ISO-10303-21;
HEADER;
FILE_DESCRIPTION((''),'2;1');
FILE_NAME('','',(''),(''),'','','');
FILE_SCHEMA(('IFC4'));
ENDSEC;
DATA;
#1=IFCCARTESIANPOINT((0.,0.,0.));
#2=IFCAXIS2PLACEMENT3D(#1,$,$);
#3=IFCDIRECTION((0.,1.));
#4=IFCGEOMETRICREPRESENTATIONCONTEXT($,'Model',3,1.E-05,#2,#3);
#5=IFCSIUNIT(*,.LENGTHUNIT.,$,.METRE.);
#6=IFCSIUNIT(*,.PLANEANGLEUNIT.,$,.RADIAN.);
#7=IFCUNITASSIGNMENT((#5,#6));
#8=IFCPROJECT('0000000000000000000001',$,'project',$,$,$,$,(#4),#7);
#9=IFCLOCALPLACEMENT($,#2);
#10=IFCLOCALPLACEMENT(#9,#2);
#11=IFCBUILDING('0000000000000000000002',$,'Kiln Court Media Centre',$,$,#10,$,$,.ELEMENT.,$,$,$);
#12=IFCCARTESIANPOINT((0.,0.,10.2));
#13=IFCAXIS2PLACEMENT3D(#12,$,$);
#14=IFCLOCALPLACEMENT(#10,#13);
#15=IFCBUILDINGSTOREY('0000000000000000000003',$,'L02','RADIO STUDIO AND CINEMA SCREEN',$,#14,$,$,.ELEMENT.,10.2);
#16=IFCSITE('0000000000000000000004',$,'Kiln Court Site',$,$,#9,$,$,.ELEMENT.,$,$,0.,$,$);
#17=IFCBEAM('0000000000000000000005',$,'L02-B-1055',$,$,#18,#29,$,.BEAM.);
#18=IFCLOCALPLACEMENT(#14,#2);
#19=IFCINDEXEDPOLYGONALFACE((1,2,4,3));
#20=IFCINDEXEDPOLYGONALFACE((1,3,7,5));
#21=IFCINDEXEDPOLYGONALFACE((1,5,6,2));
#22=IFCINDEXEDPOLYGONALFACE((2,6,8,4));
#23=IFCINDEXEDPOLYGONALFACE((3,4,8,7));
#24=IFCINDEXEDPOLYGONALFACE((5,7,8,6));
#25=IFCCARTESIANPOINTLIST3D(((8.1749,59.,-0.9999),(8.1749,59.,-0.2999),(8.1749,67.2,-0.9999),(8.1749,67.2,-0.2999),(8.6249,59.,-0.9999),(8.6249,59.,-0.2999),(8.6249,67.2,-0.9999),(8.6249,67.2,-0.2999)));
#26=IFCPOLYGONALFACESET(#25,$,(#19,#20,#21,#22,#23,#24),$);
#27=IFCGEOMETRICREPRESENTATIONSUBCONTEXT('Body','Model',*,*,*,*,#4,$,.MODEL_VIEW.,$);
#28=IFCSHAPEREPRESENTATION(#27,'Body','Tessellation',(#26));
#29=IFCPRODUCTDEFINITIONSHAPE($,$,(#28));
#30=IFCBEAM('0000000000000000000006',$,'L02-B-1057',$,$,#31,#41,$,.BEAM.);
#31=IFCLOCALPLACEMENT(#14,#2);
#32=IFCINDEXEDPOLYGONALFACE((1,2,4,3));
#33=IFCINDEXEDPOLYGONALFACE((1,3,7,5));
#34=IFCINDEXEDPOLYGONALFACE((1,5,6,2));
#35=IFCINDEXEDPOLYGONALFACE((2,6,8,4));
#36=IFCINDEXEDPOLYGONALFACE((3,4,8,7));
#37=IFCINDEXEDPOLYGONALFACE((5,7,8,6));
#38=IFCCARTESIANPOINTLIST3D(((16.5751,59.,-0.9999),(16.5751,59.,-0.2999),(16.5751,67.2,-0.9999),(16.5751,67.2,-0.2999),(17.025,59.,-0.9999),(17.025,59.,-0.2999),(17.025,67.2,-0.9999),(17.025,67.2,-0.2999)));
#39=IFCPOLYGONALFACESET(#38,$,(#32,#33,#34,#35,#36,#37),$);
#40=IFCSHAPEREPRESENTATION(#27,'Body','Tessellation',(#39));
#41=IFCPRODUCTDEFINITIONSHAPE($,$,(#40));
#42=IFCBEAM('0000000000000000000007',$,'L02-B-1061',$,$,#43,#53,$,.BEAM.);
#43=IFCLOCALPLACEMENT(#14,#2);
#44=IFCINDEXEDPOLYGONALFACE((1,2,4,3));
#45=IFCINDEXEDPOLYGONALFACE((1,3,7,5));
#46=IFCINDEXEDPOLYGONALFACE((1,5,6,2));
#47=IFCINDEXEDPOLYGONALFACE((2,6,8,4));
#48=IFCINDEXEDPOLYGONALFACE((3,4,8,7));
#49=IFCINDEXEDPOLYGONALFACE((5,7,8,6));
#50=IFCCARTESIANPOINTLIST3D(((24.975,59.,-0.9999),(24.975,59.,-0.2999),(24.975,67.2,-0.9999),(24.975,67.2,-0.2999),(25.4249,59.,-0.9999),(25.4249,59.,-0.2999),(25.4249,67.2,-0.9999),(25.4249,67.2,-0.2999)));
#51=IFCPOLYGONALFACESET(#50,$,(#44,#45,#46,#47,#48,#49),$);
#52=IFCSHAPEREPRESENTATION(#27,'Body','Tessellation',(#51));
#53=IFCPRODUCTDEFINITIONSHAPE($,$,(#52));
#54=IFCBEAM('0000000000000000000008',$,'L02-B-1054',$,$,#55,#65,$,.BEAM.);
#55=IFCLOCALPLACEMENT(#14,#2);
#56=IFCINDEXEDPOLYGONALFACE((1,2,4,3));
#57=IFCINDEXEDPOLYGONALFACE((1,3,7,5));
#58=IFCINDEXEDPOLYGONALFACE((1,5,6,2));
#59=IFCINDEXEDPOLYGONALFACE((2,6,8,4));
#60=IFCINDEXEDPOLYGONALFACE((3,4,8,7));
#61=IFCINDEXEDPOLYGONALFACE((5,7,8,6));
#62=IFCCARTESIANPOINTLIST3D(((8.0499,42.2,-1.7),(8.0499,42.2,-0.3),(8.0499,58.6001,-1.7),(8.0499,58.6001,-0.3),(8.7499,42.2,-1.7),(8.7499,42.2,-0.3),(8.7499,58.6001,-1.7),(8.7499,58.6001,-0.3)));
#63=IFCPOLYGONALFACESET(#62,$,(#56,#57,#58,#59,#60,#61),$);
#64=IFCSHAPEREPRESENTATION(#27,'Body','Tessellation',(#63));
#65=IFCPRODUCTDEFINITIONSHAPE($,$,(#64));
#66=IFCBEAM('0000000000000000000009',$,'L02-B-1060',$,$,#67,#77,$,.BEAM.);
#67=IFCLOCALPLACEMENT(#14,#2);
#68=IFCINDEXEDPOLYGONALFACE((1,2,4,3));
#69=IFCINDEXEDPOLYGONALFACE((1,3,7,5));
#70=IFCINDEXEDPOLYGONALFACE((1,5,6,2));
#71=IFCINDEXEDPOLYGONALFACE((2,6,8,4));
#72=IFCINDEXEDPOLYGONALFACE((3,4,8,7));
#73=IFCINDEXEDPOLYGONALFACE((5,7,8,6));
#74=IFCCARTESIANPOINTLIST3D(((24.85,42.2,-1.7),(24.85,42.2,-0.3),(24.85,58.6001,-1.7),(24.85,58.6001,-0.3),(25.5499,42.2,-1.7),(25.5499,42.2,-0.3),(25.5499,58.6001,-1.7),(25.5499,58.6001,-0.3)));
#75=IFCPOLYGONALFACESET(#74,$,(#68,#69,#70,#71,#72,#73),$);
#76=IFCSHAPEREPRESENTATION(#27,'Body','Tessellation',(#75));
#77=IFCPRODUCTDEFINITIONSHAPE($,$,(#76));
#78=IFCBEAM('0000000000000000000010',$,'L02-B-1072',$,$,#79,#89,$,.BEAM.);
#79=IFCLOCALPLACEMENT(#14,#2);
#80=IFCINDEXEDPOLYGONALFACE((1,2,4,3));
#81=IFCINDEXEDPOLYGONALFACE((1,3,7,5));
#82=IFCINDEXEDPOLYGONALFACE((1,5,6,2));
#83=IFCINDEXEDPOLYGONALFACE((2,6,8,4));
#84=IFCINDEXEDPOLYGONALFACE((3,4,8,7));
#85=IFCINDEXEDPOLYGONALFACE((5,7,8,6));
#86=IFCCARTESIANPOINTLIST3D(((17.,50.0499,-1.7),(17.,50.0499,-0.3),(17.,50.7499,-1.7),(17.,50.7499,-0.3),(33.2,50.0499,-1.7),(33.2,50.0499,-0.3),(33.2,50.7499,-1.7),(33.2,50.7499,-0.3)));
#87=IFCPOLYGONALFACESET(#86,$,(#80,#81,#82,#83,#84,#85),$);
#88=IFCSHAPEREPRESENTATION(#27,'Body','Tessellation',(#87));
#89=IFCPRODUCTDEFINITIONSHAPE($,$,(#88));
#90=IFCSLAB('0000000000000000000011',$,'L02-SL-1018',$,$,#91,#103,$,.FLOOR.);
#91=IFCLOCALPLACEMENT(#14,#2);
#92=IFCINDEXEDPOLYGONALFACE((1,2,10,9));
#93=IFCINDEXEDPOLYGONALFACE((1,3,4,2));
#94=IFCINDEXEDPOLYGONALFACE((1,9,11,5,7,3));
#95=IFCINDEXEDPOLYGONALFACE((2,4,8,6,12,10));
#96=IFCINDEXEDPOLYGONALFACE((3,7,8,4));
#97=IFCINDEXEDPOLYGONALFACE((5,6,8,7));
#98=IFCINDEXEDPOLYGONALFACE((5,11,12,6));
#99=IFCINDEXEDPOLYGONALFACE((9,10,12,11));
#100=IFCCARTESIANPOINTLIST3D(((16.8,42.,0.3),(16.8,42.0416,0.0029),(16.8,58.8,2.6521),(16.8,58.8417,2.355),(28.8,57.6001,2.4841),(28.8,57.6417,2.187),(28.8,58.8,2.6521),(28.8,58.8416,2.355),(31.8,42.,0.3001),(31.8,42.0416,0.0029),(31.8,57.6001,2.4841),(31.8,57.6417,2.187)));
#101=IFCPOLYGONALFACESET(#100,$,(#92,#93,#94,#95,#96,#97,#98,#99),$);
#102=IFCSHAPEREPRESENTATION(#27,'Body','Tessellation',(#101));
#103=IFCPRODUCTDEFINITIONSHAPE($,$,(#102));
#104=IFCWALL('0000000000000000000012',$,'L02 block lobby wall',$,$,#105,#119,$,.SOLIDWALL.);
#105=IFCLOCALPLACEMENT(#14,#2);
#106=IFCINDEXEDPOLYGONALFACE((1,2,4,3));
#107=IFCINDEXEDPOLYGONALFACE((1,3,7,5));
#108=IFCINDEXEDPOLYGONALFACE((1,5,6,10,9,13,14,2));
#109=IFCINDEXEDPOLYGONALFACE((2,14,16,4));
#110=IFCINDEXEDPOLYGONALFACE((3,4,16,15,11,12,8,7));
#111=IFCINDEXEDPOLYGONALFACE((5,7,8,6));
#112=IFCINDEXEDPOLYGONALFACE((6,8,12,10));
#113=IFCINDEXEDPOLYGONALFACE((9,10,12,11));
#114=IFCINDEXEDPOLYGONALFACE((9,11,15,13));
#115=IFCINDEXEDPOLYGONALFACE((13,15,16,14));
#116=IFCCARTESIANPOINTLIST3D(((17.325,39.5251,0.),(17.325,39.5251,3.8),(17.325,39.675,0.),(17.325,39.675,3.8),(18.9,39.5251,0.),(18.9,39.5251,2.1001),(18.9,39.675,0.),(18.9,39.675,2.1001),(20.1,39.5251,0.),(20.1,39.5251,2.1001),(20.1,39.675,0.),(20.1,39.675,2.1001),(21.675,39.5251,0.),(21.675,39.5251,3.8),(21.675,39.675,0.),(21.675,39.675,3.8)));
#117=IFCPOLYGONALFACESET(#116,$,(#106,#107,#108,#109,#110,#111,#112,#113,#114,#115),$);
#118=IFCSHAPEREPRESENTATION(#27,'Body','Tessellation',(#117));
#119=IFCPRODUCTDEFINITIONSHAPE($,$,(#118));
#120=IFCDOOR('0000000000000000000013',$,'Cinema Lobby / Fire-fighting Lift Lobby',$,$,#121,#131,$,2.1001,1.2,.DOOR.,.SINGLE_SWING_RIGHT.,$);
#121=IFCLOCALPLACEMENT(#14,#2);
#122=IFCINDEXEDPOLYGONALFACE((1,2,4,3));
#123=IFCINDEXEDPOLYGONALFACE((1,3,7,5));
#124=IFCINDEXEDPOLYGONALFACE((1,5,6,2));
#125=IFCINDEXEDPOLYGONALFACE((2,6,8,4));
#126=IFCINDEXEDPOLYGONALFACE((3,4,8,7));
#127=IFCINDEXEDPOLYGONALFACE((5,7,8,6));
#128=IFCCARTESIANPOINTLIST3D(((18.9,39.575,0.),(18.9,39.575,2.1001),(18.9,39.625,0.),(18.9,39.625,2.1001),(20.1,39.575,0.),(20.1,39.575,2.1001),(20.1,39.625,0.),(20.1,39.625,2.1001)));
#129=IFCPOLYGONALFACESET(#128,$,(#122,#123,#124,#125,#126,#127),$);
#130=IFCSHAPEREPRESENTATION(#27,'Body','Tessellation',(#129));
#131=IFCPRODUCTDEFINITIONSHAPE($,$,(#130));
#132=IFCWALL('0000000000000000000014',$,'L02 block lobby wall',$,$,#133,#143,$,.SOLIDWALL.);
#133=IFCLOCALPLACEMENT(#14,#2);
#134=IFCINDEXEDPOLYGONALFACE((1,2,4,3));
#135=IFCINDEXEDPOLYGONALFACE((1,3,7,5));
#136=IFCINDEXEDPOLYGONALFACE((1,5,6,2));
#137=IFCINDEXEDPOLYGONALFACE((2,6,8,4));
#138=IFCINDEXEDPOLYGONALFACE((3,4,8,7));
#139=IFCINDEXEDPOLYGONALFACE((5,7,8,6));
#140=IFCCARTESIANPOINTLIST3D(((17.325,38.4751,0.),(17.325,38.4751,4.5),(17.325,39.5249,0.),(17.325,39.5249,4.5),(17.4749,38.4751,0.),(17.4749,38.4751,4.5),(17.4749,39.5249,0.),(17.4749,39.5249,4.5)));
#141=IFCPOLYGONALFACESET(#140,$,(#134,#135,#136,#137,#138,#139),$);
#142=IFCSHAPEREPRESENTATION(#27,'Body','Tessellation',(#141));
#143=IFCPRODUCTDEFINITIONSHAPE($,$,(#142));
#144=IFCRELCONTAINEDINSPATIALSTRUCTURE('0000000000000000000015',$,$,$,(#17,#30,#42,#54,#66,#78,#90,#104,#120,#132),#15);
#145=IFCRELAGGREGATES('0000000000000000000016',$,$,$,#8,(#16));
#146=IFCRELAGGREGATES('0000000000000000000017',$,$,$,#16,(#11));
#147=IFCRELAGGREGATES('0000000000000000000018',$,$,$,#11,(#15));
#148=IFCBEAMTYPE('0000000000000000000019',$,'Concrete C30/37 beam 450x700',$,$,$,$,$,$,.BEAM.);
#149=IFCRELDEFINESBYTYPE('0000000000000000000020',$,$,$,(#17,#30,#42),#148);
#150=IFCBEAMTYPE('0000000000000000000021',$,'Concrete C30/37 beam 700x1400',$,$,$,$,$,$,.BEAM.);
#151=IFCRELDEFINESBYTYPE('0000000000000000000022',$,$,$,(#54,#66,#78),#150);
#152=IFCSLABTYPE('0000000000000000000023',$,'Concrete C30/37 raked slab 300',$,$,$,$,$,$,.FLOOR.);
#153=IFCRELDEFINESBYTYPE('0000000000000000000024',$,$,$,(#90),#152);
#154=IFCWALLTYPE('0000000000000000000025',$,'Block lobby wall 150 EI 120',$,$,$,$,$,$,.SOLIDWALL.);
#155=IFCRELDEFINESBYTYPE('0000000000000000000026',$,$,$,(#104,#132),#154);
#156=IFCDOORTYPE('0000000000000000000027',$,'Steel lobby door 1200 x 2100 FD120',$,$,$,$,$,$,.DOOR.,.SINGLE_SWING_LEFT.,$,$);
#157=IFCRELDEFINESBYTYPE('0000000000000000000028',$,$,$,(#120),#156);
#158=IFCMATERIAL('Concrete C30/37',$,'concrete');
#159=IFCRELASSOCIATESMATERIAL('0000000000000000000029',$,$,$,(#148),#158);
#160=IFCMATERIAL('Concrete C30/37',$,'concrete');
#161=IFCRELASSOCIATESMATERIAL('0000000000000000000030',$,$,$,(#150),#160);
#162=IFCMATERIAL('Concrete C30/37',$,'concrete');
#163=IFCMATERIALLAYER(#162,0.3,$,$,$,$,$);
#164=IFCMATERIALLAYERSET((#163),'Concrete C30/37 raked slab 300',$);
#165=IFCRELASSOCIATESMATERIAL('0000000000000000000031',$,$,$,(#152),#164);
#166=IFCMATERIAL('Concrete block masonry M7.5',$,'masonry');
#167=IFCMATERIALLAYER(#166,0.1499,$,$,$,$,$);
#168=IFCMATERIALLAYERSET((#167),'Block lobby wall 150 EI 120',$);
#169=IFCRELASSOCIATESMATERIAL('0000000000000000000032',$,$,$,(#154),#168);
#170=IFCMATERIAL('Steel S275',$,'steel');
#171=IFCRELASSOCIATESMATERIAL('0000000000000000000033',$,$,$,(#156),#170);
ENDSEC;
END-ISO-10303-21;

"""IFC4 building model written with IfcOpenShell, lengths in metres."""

from ifc_helpers import new_model, si_unit, direction, frame, frame_2d, origin, origin_2d, place, context, subcontext, project, spatial, polyline, rectangle, outline, extrude, material, layer, layer_set, material_profile, profile_set, type_object, element, fill, save


model = new_model("IFC4")

# Units and contexts
model_context = context("Model", 3, precision=1e-05, world=origin(), true_north=direction((0.0, 1.0)))
body_context = subcontext(model_context, "Body", "Model", "MODEL_VIEW")
ifc_project = project(units=[si_unit("LENGTHUNIT", "METRE"), si_unit("PLANEANGLEUNIT", "RADIAN")], contexts=[model_context])

# Site, building, storey
site_placement = place(None, origin())
site = spatial("IfcSite", under=ifc_project, at=site_placement, Name="Kiln Court Site", CompositionType="ELEMENT", RefElevation=0.0)
building_placement = place(site_placement, origin())
building = spatial("IfcBuilding", under=site, at=building_placement, Name="Kiln Court Media Centre", CompositionType="ELEMENT")
storey_placement = place(building_placement, frame((0.0, 0.0, 10.2)))
storey = spatial("IfcBuildingStorey", under=building, at=storey_placement, Name="L02", Description="RADIO STUDIO AND CINEMA SCREEN", CompositionType="ELEMENT", Elevation=10.2)

# Beams
ifc_material_1 = material(Name="Concrete C30/37", Category="concrete")
ifc_material_profile_1 = material_profile(ifc_material_1, rectangle(XDim=0.45, YDim=0.7, at=origin_2d()), Name="RC 450x700")
ifc_profile_set_1 = profile_set([ifc_material_profile_1], Name="Concrete C30/37")
beam_type_1 = type_object("IfcBeamType", Name="Concrete C30/37 beam 450x700", PredefinedType="BEAM", material=ifc_profile_set_1)
for number, where, z_axis, x_axis, name in (
    (1, (8.3999, 59.0, -0.6499), (0.0, 1.0, 0.0), (-1.0, 0.0, 0.0), "L02-B-1055"),
    (2, (16.8, 59.0, -0.6499), (0.0, 1.0, 0.0), (-1.0, 0.0, 0.0), "L02-B-1057"),
    (3, (25.2, 59.0, -0.6499), (0.0, 1.0, 0.0), (-1.0, 0.0, 0.0), "L02-B-1061"),
):
    element("IfcBeam", number, at=place(storey_placement, frame(where, z_axis=z_axis, x_axis=x_axis)), inside=storey, type_object=beam_type_1, Name=name, PredefinedType="BEAM", context=body_context, shape_type="SweptSolid", body=[
        extrude(rectangle(XDim=0.45, YDim=0.7, at=origin_2d()), origin(), (0.0, 0.0, 1.0), 8.2),
    ])
ifc_material_2 = material(Name="Concrete C30/37", Category="concrete")
ifc_material_profile_2 = material_profile(ifc_material_2, rectangle(XDim=0.7, YDim=1.3999, at=origin_2d()), Name="RC 700x1400")
ifc_profile_set_2 = profile_set([ifc_material_profile_2], Name="Concrete C30/37")
beam_type_2 = type_object("IfcBeamType", Name="Concrete C30/37 beam 700x1400", PredefinedType="BEAM", material=ifc_profile_set_2)
for number, where, z_axis, x_axis, name in (
    (4, (8.3999, 42.2, -1.0), (0.0, 1.0, 0.0), (-1.0, 0.0, 0.0), "L02-B-1054"),
    (5, (25.2, 42.2, -1.0), (0.0, 1.0, 0.0), (-1.0, 0.0, 0.0), "L02-B-1060"),
):
    element("IfcBeam", number, at=place(storey_placement, frame(where, z_axis=z_axis, x_axis=x_axis)), inside=storey, type_object=beam_type_2, Name=name, PredefinedType="BEAM", context=body_context, shape_type="SweptSolid", body=[
        extrude(rectangle(XDim=0.7, YDim=1.3999, at=origin_2d()), origin(), (0.0, 0.0, 1.0), 16.4001),
    ])
beam_placement = place(storey_placement, frame((17.0, 50.3999, -1.0), z_axis=(1.0, 0.0, 0.0), x_axis=(0.0, 1.0, 0.0)))
element("IfcBeam", 6, at=beam_placement, inside=storey, type_object=beam_type_2, Name="L02-B-1072", PredefinedType="BEAM", context=body_context, shape_type="SweptSolid", body=[
    extrude(rectangle(XDim=0.7, YDim=1.3999, at=origin_2d()), origin(), (0.0, 0.0, 1.0), 16.2),
])

# Slab
ifc_material_3 = material(Name="Concrete C30/37", Category="concrete")
ifc_layer_1 = layer(ifc_material_3, 0.3)
ifc_layer_set_1 = layer_set([ifc_layer_1], Name="Concrete C30/37 raked slab 300")
slab_type = type_object("IfcSlabType", Name="Concrete C30/37 raked slab 300", PredefinedType="FLOOR", material=ifc_layer_set_1)
slab_placement = place(storey_placement, frame((16.8, 42.0, 0.3), z_axis=(-0.000001, -0.138651, 0.990341), x_axis=(0.0, 0.990341, 0.138651)))
element("IfcSlab", 7, at=slab_placement, inside=storey, type_object=slab_type, Name="L02-SL-1018", PredefinedType="FLOOR", context=body_context, shape_type="SweptSolid", body=[
    extrude(outline(polyline([(0.0, 0.0), (16.9639, 0.0), (16.9639, -12.0), (15.7522, -12.0), (15.7522, -15.0), (0.0, -15.0), (0.0, 0.0)])), origin(), (0.0, 0.0, -1.0), 0.3),
])

# Wall, opening, door
ifc_material_4 = material(Name="Concrete block masonry M7.5", Category="masonry")
ifc_layer_2 = layer(ifc_material_4, 0.1499)
ifc_layer_set_2 = layer_set([ifc_layer_2], Name="Block lobby wall 150 EI 120")
wall_type_1 = type_object("IfcWallType", Name="Block lobby wall 150 EI 120", PredefinedType="SOLIDWALL", material=ifc_layer_set_2)
wall_1_placement = place(storey_placement, frame((17.325, 39.6001, 0.0), z_axis=(0.0, 0.0, 1.0), x_axis=(1.0, 0.0, 0.0)))
wall_1 = element("IfcWall", 8, at=wall_1_placement, inside=storey, type_object=wall_type_1, Name="L02 block lobby wall", PredefinedType="SOLIDWALL", context=body_context, shape_type="SweptSolid", body=[
    extrude(rectangle(XDim=4.3501, YDim=0.1499, at=frame_2d((2.175, 0.0))), origin(), (0.0, 0.0, 1.0), 3.8),
])
opening_1_placement = place(wall_1_placement, frame((1.575, 0.0, 0.0)))
opening_1 = element("IfcOpeningElement", 9, at=opening_1_placement, cuts=wall_1, PredefinedType="OPENING", context=body_context, shape_type="SweptSolid", body=[
    extrude(rectangle(XDim=1.2, YDim=2.1001, at=frame_2d((0.6001, 1.05))), frame((0.0, 0.085, 0.0), z_axis=(0.0, -1.0, 0.0), x_axis=(1.0, 0.0, 0.0)), (0.0, 0.0, 1.0), 0.1699),
])
ifc_material_5 = material(Name="Steel S275", Category="steel")
door_type_1 = type_object("IfcDoorType", Name="Steel lobby door 1200 x 2100 FD120", OperationType="SINGLE_SWING_LEFT", PredefinedType="DOOR", material=ifc_material_5)
door_1_placement = place(opening_1_placement, origin())
door_1 = element("IfcDoor", 10, at=door_1_placement, inside=storey, type_object=door_type_1, Name="Cinema Lobby / Fire-fighting Lift Lobby", OperationType="SINGLE_SWING_RIGHT", OverallHeight=2.1001, OverallWidth=1.2, PredefinedType="DOOR", context=body_context, shape_type="SweptSolid", body=[
    extrude(rectangle(XDim=1.2, YDim=2.1001, at=frame_2d((0.6001, 1.05))), frame((0.0, 0.0249, 0.0), z_axis=(0.0, -1.0, 0.0), x_axis=(1.0, 0.0, 0.0)), (0.0, 0.0, 1.0), 0.05),
])
fill(opening_1, door_1)

# Wall
wall_2_placement = place(storey_placement, frame((17.3999, 38.4751, 0.0), z_axis=(0.0, 0.0, 1.0), x_axis=(0.0, 1.0, 0.0)))
element("IfcWall", 11, at=wall_2_placement, inside=storey, type_object=wall_type_1, Name="L02 block lobby wall", PredefinedType="SOLIDWALL", context=body_context, shape_type="SweptSolid", body=[
    extrude(rectangle(XDim=1.0498, YDim=0.1499, at=frame_2d((0.5249, 0.0))), origin(), (0.0, 0.0, 1.0), 4.5),
])

save(model, "model.ifc")
